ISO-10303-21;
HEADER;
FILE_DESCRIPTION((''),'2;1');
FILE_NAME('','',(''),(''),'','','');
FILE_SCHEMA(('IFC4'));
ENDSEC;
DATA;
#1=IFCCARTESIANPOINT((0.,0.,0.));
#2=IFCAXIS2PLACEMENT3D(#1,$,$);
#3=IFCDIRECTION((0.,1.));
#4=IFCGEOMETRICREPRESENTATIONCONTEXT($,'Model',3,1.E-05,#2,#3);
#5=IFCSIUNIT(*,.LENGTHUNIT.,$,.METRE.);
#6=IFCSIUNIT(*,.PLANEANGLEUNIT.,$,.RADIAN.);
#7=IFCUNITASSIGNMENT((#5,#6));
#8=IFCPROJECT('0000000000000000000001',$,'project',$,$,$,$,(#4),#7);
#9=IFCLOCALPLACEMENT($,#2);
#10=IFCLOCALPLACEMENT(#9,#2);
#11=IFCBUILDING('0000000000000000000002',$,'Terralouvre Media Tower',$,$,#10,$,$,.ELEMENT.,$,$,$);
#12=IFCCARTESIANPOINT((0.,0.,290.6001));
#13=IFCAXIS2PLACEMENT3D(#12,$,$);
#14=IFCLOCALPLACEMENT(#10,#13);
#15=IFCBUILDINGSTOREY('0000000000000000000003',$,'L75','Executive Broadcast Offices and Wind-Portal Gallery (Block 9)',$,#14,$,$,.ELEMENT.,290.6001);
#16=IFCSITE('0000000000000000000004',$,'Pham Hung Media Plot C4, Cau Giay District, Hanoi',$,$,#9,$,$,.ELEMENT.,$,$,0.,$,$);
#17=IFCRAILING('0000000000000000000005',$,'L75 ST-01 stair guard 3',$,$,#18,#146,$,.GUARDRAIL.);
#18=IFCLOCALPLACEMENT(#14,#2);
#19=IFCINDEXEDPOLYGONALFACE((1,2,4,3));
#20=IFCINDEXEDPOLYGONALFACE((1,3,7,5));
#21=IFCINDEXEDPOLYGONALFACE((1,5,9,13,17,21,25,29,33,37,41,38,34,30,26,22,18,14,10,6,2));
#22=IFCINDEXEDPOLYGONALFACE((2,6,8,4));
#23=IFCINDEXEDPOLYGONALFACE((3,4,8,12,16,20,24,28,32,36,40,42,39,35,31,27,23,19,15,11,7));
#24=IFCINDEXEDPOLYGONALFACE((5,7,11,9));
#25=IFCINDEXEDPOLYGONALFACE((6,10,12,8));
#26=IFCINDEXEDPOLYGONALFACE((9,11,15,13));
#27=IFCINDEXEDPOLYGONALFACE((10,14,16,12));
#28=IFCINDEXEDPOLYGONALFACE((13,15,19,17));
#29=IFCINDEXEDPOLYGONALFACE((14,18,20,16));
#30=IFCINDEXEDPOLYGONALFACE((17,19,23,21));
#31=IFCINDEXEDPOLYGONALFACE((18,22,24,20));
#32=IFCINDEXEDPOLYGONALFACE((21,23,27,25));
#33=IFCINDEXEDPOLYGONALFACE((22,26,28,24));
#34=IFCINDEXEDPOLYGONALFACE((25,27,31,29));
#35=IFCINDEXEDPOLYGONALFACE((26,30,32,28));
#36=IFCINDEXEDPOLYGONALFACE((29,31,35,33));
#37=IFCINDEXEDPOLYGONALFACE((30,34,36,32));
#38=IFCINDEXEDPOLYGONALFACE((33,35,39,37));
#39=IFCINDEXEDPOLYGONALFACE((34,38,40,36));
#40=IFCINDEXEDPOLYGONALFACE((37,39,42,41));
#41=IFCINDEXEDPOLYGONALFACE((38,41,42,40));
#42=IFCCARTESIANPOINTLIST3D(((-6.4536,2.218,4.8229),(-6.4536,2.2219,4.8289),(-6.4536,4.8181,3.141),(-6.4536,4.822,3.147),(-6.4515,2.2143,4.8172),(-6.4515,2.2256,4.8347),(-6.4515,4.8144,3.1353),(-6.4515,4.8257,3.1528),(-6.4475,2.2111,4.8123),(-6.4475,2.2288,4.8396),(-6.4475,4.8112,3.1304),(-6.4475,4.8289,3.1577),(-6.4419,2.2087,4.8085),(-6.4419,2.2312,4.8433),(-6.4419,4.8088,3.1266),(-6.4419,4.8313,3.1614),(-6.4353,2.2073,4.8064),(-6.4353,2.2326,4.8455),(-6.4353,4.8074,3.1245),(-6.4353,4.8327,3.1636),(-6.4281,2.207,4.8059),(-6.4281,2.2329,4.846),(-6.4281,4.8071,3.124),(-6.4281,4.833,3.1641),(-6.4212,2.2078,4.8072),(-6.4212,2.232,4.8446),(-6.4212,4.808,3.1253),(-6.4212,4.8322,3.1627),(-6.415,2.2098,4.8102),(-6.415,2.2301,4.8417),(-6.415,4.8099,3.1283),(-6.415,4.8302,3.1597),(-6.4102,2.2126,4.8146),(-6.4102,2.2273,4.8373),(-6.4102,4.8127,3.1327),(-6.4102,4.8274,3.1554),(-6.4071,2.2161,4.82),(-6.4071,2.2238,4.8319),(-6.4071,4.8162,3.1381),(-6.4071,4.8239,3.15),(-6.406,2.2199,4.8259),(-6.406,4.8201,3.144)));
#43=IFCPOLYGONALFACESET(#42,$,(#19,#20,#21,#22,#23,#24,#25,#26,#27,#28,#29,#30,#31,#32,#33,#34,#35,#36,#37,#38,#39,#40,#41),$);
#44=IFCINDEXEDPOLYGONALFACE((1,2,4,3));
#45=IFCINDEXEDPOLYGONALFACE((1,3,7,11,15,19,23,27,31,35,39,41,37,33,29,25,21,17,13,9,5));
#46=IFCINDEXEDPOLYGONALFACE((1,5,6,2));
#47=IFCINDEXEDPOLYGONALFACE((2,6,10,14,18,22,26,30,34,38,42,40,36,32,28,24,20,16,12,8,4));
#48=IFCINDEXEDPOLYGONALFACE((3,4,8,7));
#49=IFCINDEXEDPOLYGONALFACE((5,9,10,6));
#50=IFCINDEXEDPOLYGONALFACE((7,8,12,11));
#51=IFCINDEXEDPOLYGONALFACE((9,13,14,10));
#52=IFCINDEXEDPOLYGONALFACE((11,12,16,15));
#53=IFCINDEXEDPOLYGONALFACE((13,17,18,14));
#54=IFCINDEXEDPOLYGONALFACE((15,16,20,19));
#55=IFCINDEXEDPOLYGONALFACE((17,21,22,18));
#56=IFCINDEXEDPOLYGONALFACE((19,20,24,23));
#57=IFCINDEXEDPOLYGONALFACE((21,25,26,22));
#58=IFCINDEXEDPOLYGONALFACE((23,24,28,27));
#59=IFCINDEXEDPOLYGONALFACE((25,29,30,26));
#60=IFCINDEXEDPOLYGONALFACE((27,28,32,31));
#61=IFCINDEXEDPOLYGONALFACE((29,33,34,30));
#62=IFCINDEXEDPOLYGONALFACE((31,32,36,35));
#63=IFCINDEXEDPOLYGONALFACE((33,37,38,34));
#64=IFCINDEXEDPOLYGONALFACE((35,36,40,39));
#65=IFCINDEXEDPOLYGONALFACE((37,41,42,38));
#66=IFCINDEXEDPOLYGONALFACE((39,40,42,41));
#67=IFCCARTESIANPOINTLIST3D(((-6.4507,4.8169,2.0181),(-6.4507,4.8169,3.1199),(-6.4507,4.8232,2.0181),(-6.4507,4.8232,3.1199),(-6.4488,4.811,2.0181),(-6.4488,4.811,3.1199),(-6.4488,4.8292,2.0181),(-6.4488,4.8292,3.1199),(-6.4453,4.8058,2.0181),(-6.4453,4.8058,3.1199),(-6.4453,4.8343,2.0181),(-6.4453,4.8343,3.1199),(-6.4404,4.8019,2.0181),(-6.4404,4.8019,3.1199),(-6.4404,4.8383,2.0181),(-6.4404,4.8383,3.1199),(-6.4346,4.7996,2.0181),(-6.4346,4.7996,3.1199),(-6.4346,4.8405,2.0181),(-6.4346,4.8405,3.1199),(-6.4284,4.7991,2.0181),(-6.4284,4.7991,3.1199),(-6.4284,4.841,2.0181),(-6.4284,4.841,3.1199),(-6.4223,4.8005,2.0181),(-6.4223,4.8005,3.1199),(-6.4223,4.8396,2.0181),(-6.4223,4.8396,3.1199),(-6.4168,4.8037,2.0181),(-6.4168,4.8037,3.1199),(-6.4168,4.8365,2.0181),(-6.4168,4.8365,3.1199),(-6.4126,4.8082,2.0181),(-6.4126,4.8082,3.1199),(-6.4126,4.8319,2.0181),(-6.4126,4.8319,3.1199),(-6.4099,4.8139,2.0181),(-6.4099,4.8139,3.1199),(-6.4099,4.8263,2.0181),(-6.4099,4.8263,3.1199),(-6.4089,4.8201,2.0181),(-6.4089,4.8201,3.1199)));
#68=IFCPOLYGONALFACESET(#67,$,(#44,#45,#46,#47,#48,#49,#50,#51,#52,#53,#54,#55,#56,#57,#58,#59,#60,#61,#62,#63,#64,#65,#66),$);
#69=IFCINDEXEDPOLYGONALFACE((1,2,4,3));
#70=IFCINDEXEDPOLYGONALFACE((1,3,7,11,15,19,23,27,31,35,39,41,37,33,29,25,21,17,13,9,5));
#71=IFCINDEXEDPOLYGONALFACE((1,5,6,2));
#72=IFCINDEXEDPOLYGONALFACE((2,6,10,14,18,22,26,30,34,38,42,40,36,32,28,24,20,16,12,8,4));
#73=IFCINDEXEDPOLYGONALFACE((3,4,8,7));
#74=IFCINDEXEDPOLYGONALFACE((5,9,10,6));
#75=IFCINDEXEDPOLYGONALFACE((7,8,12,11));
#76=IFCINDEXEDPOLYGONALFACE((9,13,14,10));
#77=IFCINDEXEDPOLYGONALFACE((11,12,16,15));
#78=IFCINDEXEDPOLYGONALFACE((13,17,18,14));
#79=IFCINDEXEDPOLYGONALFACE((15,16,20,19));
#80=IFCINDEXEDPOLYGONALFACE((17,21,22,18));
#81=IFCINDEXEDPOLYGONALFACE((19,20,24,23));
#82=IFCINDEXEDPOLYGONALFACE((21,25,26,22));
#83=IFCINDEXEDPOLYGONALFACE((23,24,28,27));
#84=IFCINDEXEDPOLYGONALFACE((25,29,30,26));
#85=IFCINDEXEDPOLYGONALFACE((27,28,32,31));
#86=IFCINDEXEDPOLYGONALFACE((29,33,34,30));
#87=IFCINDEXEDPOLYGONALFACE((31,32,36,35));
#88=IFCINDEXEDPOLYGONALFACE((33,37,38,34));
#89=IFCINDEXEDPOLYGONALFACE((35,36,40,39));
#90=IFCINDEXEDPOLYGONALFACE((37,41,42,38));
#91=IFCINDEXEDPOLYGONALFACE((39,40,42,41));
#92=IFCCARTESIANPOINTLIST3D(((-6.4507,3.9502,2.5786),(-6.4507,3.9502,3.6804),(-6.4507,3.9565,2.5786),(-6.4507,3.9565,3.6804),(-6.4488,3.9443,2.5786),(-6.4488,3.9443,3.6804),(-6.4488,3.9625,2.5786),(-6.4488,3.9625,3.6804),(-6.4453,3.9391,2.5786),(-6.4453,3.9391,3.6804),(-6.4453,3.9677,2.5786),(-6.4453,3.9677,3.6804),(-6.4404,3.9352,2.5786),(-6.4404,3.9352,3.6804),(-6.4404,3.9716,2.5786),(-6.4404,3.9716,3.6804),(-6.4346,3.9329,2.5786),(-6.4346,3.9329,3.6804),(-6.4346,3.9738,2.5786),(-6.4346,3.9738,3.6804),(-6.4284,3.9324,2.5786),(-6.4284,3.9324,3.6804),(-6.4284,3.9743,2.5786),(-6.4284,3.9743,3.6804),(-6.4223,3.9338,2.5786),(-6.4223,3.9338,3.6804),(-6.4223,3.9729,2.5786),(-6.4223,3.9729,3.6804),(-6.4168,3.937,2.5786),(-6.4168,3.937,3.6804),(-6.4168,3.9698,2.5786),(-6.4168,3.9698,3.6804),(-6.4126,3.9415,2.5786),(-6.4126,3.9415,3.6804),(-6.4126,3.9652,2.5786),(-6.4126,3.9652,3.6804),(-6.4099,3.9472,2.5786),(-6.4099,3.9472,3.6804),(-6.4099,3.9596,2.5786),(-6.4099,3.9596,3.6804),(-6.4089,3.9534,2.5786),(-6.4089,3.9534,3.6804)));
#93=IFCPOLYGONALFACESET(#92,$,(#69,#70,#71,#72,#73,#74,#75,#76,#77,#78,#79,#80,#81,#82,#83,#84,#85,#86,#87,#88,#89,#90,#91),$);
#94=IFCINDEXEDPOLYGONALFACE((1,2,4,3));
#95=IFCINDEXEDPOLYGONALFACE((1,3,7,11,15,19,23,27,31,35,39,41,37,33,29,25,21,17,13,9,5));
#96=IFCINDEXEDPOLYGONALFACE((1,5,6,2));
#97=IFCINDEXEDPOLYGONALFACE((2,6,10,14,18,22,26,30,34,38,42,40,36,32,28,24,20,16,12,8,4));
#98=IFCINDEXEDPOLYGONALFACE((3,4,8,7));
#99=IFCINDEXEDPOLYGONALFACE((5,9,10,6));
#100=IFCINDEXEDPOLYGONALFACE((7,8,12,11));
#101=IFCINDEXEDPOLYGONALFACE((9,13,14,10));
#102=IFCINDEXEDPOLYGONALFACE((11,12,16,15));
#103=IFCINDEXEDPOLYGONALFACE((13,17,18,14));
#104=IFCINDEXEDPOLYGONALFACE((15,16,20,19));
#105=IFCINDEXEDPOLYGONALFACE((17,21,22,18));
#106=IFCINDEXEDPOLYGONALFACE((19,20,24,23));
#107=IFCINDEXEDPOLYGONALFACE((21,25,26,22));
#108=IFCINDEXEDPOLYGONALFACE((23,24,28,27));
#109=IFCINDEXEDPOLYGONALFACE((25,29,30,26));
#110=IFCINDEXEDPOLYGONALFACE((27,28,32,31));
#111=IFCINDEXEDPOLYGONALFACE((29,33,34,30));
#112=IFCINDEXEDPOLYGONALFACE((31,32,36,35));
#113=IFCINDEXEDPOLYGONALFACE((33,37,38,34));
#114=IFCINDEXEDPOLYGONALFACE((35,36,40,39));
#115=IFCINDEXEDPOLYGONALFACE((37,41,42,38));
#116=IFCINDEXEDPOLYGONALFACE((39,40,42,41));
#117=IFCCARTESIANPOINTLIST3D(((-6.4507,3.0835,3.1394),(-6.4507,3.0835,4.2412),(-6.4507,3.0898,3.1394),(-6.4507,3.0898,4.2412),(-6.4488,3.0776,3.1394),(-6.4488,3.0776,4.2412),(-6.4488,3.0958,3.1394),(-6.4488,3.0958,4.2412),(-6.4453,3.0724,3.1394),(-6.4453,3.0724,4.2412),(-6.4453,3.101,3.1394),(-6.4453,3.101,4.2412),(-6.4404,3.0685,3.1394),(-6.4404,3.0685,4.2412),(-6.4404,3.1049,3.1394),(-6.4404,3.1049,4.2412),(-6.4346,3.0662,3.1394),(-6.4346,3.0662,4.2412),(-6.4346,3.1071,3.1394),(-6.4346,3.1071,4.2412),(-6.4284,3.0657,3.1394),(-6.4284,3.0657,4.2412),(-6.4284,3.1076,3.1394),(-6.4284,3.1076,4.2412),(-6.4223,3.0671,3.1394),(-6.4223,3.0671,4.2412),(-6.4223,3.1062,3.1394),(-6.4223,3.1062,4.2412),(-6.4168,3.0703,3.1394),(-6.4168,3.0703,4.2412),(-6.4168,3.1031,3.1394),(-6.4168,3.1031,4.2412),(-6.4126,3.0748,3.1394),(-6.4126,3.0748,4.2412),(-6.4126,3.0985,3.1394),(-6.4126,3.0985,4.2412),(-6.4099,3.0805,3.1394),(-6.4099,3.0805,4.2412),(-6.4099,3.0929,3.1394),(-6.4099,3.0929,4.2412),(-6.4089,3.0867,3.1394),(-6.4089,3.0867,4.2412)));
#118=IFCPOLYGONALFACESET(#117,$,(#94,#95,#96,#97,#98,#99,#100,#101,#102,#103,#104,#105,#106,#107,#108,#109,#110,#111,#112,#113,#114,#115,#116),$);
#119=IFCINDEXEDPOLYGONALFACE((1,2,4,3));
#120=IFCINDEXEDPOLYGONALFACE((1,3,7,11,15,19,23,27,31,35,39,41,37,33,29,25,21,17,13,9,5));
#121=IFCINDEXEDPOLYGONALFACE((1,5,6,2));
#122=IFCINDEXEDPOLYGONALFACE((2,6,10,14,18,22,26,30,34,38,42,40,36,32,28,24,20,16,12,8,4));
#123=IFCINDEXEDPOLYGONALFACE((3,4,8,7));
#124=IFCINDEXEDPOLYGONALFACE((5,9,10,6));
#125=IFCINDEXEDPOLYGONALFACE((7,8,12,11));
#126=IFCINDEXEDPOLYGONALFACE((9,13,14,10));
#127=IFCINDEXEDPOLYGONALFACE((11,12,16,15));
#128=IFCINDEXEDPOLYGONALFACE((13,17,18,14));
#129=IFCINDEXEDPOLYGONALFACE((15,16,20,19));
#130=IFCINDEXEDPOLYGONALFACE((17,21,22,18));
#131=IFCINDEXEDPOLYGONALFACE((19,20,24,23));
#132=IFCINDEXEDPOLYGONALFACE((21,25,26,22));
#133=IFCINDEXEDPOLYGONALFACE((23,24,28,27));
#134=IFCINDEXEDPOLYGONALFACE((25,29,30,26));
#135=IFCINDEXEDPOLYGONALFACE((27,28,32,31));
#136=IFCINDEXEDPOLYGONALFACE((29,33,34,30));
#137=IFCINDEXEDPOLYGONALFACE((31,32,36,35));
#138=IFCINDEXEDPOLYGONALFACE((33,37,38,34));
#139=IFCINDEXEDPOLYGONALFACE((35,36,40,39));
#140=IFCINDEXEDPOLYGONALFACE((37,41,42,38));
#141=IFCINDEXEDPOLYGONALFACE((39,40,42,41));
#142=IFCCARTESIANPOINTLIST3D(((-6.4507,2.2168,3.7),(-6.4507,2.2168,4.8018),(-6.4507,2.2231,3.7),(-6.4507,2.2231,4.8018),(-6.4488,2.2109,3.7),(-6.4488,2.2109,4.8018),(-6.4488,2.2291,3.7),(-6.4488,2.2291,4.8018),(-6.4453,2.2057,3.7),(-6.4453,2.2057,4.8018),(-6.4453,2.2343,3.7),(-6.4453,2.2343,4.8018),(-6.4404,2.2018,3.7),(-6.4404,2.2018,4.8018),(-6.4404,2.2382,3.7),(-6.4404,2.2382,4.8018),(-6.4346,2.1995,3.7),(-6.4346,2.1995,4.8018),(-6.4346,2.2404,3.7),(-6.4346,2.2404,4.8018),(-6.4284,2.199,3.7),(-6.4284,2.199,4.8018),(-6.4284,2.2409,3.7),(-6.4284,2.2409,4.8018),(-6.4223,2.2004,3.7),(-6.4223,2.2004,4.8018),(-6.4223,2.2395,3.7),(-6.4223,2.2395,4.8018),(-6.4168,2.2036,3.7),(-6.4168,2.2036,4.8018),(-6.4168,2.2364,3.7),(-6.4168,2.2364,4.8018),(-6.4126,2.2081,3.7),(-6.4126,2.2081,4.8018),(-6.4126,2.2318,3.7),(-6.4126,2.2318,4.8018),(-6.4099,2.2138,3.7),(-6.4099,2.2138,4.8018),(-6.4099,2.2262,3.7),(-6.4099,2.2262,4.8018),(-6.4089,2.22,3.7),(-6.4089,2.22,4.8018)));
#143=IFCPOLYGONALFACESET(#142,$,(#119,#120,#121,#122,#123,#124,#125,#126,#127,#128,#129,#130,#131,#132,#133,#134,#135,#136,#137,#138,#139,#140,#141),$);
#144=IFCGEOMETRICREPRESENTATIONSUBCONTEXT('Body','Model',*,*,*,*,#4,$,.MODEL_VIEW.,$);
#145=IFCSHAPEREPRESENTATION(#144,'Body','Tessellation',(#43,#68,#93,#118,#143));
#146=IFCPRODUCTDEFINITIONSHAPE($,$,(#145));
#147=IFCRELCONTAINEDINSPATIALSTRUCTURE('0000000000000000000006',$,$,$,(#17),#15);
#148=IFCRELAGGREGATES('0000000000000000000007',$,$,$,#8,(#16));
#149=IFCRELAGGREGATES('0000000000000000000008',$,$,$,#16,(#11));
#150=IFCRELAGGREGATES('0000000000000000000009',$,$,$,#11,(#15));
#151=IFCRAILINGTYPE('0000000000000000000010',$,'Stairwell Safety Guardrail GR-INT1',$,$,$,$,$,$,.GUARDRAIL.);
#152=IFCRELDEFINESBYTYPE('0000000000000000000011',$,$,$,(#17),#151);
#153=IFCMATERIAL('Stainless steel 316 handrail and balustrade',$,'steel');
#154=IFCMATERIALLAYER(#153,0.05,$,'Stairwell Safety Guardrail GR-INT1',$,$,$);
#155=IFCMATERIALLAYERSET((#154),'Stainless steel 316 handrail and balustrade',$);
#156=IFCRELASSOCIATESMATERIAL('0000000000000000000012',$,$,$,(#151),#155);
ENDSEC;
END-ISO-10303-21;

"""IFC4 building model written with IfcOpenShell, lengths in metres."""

from ifc_helpers import new_model, si_unit, direction, frame, origin, origin_2d, place, context, subcontext, project, spatial, circle, extrude, material, layer, layer_set, type_object, element, save


model = new_model("IFC4")

# Units and contexts
model_context = context("Model", 3, precision=1e-05, world=origin(), true_north=direction((0.0, 1.0)))
body_context = subcontext(model_context, "Body", "Model", "MODEL_VIEW")
ifc_project = project(units=[si_unit("LENGTHUNIT", "METRE"), si_unit("PLANEANGLEUNIT", "RADIAN")], contexts=[model_context])

# Site, building, storey
site_placement = place(None, origin())
site = spatial("IfcSite", under=ifc_project, at=site_placement, Name="Pham Hung Media Plot C4, Cau Giay District, Hanoi", CompositionType="ELEMENT", RefElevation=0.0)
building_placement = place(site_placement, origin())
building = spatial("IfcBuilding", under=site, at=building_placement, Name="Terralouvre Media Tower", CompositionType="ELEMENT")
storey_placement = place(building_placement, frame((0.0, 0.0, 290.6001)))
storey = spatial("IfcBuildingStorey", under=building, at=storey_placement, Name="L75", Description="Executive Broadcast Offices and Wind-Portal Gallery (Block 9)", CompositionType="ELEMENT", Elevation=290.6001)

# Railing
ifc_material_1 = material(Name="Stainless steel 316 handrail and balustrade", Category="steel")
ifc_layer_1 = layer(ifc_material_1, 0.05, Name="Stairwell Safety Guardrail GR-INT1")
ifc_layer_set_1 = layer_set([ifc_layer_1], Name="Stainless steel 316 handrail and balustrade")
railing_type_1 = type_object("IfcRailingType", Name="Stairwell Safety Guardrail GR-INT1", PredefinedType="GUARDRAIL", material=ifc_layer_set_1)
railing_1_placement = place(storey_placement, frame((-6.4299, 4.8201, 2.0181)))
element("IfcRailing", 1, at=railing_1_placement, inside=storey, type_object=railing_type_1, Name="L75 ST-01 stair guard 3", PredefinedType="GUARDRAIL", context=body_context, shape_type="SweptSolid", body=[
    extrude(circle(Radius=0.0239, at=origin_2d()), frame((0.0, 0.0, 1.126), z_axis=(0.0, -0.839648, 0.54313), x_axis=(1.0, 0.0, 0.0)), (0.0, 0.0, 1.0), 3.0967),
    extrude(circle(Radius=0.021, at=origin_2d()), origin(), (0.0, 0.0, 1.0), 1.1018),
    extrude(circle(Radius=0.021, at=origin_2d()), frame((0.0, -0.8667, 0.5605)), (0.0, 0.0, 1.0), 1.1018),
    extrude(circle(Radius=0.021, at=origin_2d()), frame((0.0, -1.7334, 1.1213)), (0.0, 0.0, 1.0), 1.1018),
    extrude(circle(Radius=0.021, at=origin_2d()), frame((0.0, -2.6001, 1.6819)), (0.0, 0.0, 1.0), 1.1018),
])

save(model, "model.ifc")
